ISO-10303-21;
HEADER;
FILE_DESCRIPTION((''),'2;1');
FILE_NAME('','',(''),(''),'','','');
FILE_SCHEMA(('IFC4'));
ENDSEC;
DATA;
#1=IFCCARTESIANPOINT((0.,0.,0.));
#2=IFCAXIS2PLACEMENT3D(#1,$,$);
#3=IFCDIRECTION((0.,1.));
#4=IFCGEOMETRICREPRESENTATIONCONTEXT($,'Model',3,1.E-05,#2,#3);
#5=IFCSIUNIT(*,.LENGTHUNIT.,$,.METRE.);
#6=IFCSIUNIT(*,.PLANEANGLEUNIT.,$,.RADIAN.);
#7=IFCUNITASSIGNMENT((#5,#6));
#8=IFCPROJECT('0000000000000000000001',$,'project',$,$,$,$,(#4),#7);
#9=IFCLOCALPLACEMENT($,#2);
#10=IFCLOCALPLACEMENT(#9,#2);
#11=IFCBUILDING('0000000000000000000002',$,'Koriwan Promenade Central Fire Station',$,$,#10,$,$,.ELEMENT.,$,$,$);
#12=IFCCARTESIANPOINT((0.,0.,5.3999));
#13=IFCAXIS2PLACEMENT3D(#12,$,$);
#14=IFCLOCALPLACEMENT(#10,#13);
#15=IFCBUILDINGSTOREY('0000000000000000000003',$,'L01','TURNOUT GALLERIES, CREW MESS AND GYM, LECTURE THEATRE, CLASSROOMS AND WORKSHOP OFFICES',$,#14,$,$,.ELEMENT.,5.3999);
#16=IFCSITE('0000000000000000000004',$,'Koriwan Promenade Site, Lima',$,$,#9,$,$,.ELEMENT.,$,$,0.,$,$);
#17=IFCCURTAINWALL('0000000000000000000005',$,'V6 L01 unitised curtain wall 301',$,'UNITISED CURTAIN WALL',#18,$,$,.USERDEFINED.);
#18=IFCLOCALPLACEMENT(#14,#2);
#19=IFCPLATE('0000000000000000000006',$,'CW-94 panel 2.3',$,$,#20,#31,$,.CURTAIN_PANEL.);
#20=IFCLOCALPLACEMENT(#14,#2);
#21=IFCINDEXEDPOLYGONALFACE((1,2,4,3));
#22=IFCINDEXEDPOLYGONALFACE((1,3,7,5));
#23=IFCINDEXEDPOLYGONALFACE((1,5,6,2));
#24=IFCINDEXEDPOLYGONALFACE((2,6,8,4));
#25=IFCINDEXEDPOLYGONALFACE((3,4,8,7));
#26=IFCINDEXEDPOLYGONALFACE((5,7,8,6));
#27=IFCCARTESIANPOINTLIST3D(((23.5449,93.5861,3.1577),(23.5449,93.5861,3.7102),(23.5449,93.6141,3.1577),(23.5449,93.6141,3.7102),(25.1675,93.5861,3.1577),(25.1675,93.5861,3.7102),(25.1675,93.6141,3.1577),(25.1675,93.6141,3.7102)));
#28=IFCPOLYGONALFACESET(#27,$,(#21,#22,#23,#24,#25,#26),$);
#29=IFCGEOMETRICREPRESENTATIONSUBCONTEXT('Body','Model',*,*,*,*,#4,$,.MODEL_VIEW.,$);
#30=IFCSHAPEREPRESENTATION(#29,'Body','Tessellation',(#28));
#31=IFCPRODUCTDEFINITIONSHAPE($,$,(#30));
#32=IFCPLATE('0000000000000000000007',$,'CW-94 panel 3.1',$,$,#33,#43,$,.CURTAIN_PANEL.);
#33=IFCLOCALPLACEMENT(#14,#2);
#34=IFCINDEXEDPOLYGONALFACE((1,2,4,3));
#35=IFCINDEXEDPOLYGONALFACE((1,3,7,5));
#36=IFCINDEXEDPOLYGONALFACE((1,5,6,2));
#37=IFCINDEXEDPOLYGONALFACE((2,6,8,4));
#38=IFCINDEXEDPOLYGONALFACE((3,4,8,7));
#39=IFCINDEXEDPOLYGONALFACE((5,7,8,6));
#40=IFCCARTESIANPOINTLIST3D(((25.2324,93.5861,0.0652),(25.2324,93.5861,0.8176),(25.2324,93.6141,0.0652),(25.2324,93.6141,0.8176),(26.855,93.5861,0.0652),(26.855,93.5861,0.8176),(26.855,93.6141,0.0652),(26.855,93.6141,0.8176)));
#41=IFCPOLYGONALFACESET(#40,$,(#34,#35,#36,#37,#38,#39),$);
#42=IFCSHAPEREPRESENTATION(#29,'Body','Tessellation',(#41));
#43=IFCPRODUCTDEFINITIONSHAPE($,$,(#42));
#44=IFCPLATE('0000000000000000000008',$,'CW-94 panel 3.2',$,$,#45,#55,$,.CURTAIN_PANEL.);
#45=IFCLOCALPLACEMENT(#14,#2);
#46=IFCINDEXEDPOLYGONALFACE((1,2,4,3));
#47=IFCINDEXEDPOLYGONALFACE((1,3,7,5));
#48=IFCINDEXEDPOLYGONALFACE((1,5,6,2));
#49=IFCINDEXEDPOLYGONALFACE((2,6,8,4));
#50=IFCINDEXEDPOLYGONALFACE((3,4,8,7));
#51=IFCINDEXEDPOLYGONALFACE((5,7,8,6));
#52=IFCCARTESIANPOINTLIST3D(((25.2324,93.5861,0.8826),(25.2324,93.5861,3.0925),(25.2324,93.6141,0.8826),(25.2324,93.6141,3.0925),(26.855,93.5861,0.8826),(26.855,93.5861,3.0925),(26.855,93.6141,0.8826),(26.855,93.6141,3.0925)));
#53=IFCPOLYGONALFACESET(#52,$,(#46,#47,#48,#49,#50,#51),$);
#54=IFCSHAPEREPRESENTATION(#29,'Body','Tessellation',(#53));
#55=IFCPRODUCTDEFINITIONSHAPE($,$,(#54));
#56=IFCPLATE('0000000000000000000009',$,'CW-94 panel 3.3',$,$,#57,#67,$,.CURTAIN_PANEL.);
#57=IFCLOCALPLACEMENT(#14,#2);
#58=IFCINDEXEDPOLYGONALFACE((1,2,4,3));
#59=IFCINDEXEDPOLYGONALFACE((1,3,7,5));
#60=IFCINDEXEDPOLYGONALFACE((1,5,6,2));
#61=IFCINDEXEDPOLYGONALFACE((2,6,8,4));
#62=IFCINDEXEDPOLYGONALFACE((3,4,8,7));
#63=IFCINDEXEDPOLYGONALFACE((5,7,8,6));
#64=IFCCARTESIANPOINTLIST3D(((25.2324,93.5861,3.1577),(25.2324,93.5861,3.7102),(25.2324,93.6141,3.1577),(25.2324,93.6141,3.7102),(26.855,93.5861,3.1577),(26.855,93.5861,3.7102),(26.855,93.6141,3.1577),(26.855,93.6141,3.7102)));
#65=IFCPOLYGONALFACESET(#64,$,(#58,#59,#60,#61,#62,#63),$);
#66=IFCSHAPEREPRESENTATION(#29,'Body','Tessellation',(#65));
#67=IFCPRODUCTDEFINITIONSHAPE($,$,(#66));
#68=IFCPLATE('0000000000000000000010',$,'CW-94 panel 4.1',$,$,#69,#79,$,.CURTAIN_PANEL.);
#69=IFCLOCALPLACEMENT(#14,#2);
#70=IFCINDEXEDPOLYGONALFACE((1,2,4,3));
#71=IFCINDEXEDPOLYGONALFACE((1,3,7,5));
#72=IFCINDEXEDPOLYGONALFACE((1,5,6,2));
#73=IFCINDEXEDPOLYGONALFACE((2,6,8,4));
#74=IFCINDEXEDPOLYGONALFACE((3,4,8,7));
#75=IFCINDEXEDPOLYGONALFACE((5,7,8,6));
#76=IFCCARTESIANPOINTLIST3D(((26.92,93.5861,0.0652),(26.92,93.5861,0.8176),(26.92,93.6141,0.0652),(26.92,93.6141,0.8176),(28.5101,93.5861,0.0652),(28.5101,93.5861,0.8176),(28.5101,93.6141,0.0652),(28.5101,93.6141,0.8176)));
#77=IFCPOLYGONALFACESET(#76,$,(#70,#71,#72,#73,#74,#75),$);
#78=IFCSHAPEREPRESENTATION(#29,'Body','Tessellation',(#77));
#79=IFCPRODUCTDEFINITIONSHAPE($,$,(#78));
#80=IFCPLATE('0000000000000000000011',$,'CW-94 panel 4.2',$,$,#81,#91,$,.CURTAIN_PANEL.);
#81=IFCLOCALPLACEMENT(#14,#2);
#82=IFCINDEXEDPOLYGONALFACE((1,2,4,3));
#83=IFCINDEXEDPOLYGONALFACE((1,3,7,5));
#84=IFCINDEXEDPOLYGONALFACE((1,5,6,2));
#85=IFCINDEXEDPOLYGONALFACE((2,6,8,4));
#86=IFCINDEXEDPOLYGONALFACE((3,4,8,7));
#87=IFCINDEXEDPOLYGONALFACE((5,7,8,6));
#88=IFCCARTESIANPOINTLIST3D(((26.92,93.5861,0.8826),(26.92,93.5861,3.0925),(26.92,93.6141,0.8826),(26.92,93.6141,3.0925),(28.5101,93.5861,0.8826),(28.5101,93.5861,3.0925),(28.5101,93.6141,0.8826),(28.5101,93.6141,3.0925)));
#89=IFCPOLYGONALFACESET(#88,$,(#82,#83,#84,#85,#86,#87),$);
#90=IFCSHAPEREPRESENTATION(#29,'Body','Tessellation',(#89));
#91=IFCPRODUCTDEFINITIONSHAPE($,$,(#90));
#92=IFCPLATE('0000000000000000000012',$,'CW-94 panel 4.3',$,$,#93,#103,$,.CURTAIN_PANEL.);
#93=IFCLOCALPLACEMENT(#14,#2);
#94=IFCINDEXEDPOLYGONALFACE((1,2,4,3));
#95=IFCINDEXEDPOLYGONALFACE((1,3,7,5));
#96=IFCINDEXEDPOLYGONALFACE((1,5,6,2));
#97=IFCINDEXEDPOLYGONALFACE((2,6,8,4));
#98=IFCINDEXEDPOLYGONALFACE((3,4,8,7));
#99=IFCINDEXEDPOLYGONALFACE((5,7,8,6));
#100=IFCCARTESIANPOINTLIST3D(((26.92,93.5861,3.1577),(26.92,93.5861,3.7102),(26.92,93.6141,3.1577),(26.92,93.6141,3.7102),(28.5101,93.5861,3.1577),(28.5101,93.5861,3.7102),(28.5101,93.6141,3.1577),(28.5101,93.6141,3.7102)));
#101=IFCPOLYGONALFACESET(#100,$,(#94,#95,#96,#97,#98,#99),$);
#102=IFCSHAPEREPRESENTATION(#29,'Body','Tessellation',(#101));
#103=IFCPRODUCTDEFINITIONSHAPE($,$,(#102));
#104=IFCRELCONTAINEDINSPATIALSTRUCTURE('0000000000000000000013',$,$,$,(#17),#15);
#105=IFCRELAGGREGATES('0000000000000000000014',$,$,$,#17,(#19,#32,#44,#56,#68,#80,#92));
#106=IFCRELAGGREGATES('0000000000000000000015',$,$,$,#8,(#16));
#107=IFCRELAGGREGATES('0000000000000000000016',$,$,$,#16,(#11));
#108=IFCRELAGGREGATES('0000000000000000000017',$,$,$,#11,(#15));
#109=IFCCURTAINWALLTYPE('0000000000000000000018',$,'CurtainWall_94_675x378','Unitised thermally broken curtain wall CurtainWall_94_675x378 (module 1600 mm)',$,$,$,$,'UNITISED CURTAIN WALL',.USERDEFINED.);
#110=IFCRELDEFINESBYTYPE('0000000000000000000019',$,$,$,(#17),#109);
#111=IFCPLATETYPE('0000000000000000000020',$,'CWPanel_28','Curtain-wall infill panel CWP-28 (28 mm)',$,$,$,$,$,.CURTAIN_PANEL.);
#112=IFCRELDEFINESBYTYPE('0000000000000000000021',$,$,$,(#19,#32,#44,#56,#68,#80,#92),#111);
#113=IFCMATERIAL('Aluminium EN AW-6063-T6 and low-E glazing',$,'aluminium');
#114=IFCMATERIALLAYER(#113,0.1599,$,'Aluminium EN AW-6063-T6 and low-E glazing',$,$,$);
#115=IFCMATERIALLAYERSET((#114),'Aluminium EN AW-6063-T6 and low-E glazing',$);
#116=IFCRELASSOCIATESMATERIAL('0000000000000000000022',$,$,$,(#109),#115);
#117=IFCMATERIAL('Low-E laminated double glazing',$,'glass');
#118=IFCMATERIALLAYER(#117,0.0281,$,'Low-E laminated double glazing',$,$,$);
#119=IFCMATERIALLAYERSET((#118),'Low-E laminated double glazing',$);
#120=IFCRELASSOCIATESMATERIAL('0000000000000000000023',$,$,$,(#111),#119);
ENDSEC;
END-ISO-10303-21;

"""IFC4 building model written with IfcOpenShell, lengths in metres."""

from ifc_helpers import new_model, si_unit, direction, frame, origin, origin_2d, place, context, subcontext, project, spatial, rectangle, extrude, material, layer, layer_set, type_object, element, aggregate, save


model = new_model("IFC4")

# Units and contexts
model_context = context("Model", 3, precision=1e-05, world=origin(), true_north=direction((0.0, 1.0)))
body_context = subcontext(model_context, "Body", "Model", "MODEL_VIEW")
ifc_project = project(units=[si_unit("LENGTHUNIT", "METRE"), si_unit("PLANEANGLEUNIT", "RADIAN")], contexts=[model_context])

# Site, building, storey
site_placement = place(None, origin())
site = spatial("IfcSite", under=ifc_project, at=site_placement, Name="Koriwan Promenade Site, Lima", CompositionType="ELEMENT", RefElevation=0.0)
building_placement = place(site_placement, origin())
building = spatial("IfcBuilding", under=site, at=building_placement, Name="Koriwan Promenade Central Fire Station", CompositionType="ELEMENT")
storey_placement = place(building_placement, frame((0.0, 0.0, 5.3999)))
storey = spatial("IfcBuildingStorey", under=building, at=storey_placement, Name="L01", Description="TURNOUT GALLERIES, CREW MESS AND GYM, LECTURE THEATRE, CLASSROOMS AND WORKSHOP OFFICES", CompositionType="ELEMENT", Elevation=5.3999)

# Curtain wall
ifc_material_1 = material(Name="Aluminium EN AW-6063-T6 and low-E glazing", Category="aluminium")
ifc_layer_1 = layer(ifc_material_1, 0.1599, Name="Aluminium EN AW-6063-T6 and low-E glazing")
ifc_layer_set_1 = layer_set([ifc_layer_1], Name="Aluminium EN AW-6063-T6 and low-E glazing")
curtain_wall_type = type_object("IfcCurtainWallType", Name="CurtainWall_94_675x378", Description="Unitised thermally broken curtain wall CurtainWall_94_675x378 (module 1600 mm)", ElementType="UNITISED CURTAIN WALL", PredefinedType="USERDEFINED", material=ifc_layer_set_1)
curtain_wall_placement = place(storey_placement, origin())
curtain_wall = element("IfcCurtainWall", 1, at=curtain_wall_placement, inside=storey, type_object=curtain_wall_type, Name="V6 L01 unitised curtain wall 301", ObjectType="UNITISED CURTAIN WALL", PredefinedType="USERDEFINED")

# Plates
ifc_material_2 = material(Name="Low-E laminated double glazing", Category="glass")
ifc_layer_2 = layer(ifc_material_2, 0.0281, Name="Low-E laminated double glazing")
ifc_layer_set_2 = layer_set([ifc_layer_2], Name="Low-E laminated double glazing")
plate_type = type_object("IfcPlateType", Name="CWPanel_28", Description="Curtain-wall infill panel CWP-28 (28 mm)", PredefinedType="CURTAIN_PANEL", material=ifc_layer_set_2)
plate_1_placement = place(storey_placement, frame((24.3562, 93.6001, 3.1577), z_axis=(0.0, 0.0, 1.0), x_axis=(1.0, 0.0, 0.0)))
plate_1 = element("IfcPlate", 2, at=plate_1_placement, type_object=plate_type, Name="CW-94 panel 2.3", PredefinedType="CURTAIN_PANEL", context=body_context, shape_type="SweptSolid", body=[
    extrude(rectangle(XDim=1.6226, YDim=0.0281, at=origin_2d()), origin(), (0.0, 0.0, 1.0), 0.5525),
])
plate_2_placement = place(storey_placement, frame((26.0437, 93.6001, 0.0652), z_axis=(0.0, 0.0, 1.0), x_axis=(1.0, 0.0, 0.0)))
plate_2 = element("IfcPlate", 3, at=plate_2_placement, type_object=plate_type, Name="CW-94 panel 3.1", PredefinedType="CURTAIN_PANEL", context=body_context, shape_type="SweptSolid", body=[
    extrude(rectangle(XDim=1.6226, YDim=0.0281, at=origin_2d()), origin(), (0.0, 0.0, 1.0), 0.7524),
])
plate_3_placement = place(storey_placement, frame((26.0437, 93.6001, 0.8826), z_axis=(0.0, 0.0, 1.0), x_axis=(1.0, 0.0, 0.0)))
plate_3 = element("IfcPlate", 4, at=plate_3_placement, type_object=plate_type, Name="CW-94 panel 3.2", PredefinedType="CURTAIN_PANEL", context=body_context, shape_type="SweptSolid", body=[
    extrude(rectangle(XDim=1.6226, YDim=0.0281, at=origin_2d()), origin(), (0.0, 0.0, 1.0), 2.21),
])
plate_4_placement = place(storey_placement, frame((26.0437, 93.6001, 3.1577), z_axis=(0.0, 0.0, 1.0), x_axis=(1.0, 0.0, 0.0)))
plate_4 = element("IfcPlate", 5, at=plate_4_placement, type_object=plate_type, Name="CW-94 panel 3.3", PredefinedType="CURTAIN_PANEL", context=body_context, shape_type="SweptSolid", body=[
    extrude(rectangle(XDim=1.6226, YDim=0.0281, at=origin_2d()), origin(), (0.0, 0.0, 1.0), 0.5525),
])
plate_5_placement = place(storey_placement, frame((27.7151, 93.6001, 0.0652), z_axis=(0.0, 0.0, 1.0), x_axis=(1.0, 0.0, 0.0)))
plate_5 = element("IfcPlate", 6, at=plate_5_placement, type_object=plate_type, Name="CW-94 panel 4.1", PredefinedType="CURTAIN_PANEL", context=body_context, shape_type="SweptSolid", body=[
    extrude(rectangle(XDim=1.5901, YDim=0.0281, at=origin_2d()), origin(), (0.0, 0.0, 1.0), 0.7524),
])
plate_6_placement = place(storey_placement, frame((27.7151, 93.6001, 0.8826), z_axis=(0.0, 0.0, 1.0), x_axis=(1.0, 0.0, 0.0)))
plate_6 = element("IfcPlate", 7, at=plate_6_placement, type_object=plate_type, Name="CW-94 panel 4.2", PredefinedType="CURTAIN_PANEL", context=body_context, shape_type="SweptSolid", body=[
    extrude(rectangle(XDim=1.5901, YDim=0.0281, at=origin_2d()), origin(), (0.0, 0.0, 1.0), 2.21),
])
plate_7_placement = place(storey_placement, frame((27.7151, 93.6001, 3.1577), z_axis=(0.0, 0.0, 1.0), x_axis=(1.0, 0.0, 0.0)))
plate_7 = element("IfcPlate", 8, at=plate_7_placement, type_object=plate_type, Name="CW-94 panel 4.3", PredefinedType="CURTAIN_PANEL", context=body_context, shape_type="SweptSolid", body=[
    extrude(rectangle(XDim=1.5901, YDim=0.0281, at=origin_2d()), origin(), (0.0, 0.0, 1.0), 0.5525),
])
aggregate(curtain_wall, [plate_1, plate_2, plate_3, plate_4, plate_5, plate_6, plate_7])

save(model, "model.ifc")
